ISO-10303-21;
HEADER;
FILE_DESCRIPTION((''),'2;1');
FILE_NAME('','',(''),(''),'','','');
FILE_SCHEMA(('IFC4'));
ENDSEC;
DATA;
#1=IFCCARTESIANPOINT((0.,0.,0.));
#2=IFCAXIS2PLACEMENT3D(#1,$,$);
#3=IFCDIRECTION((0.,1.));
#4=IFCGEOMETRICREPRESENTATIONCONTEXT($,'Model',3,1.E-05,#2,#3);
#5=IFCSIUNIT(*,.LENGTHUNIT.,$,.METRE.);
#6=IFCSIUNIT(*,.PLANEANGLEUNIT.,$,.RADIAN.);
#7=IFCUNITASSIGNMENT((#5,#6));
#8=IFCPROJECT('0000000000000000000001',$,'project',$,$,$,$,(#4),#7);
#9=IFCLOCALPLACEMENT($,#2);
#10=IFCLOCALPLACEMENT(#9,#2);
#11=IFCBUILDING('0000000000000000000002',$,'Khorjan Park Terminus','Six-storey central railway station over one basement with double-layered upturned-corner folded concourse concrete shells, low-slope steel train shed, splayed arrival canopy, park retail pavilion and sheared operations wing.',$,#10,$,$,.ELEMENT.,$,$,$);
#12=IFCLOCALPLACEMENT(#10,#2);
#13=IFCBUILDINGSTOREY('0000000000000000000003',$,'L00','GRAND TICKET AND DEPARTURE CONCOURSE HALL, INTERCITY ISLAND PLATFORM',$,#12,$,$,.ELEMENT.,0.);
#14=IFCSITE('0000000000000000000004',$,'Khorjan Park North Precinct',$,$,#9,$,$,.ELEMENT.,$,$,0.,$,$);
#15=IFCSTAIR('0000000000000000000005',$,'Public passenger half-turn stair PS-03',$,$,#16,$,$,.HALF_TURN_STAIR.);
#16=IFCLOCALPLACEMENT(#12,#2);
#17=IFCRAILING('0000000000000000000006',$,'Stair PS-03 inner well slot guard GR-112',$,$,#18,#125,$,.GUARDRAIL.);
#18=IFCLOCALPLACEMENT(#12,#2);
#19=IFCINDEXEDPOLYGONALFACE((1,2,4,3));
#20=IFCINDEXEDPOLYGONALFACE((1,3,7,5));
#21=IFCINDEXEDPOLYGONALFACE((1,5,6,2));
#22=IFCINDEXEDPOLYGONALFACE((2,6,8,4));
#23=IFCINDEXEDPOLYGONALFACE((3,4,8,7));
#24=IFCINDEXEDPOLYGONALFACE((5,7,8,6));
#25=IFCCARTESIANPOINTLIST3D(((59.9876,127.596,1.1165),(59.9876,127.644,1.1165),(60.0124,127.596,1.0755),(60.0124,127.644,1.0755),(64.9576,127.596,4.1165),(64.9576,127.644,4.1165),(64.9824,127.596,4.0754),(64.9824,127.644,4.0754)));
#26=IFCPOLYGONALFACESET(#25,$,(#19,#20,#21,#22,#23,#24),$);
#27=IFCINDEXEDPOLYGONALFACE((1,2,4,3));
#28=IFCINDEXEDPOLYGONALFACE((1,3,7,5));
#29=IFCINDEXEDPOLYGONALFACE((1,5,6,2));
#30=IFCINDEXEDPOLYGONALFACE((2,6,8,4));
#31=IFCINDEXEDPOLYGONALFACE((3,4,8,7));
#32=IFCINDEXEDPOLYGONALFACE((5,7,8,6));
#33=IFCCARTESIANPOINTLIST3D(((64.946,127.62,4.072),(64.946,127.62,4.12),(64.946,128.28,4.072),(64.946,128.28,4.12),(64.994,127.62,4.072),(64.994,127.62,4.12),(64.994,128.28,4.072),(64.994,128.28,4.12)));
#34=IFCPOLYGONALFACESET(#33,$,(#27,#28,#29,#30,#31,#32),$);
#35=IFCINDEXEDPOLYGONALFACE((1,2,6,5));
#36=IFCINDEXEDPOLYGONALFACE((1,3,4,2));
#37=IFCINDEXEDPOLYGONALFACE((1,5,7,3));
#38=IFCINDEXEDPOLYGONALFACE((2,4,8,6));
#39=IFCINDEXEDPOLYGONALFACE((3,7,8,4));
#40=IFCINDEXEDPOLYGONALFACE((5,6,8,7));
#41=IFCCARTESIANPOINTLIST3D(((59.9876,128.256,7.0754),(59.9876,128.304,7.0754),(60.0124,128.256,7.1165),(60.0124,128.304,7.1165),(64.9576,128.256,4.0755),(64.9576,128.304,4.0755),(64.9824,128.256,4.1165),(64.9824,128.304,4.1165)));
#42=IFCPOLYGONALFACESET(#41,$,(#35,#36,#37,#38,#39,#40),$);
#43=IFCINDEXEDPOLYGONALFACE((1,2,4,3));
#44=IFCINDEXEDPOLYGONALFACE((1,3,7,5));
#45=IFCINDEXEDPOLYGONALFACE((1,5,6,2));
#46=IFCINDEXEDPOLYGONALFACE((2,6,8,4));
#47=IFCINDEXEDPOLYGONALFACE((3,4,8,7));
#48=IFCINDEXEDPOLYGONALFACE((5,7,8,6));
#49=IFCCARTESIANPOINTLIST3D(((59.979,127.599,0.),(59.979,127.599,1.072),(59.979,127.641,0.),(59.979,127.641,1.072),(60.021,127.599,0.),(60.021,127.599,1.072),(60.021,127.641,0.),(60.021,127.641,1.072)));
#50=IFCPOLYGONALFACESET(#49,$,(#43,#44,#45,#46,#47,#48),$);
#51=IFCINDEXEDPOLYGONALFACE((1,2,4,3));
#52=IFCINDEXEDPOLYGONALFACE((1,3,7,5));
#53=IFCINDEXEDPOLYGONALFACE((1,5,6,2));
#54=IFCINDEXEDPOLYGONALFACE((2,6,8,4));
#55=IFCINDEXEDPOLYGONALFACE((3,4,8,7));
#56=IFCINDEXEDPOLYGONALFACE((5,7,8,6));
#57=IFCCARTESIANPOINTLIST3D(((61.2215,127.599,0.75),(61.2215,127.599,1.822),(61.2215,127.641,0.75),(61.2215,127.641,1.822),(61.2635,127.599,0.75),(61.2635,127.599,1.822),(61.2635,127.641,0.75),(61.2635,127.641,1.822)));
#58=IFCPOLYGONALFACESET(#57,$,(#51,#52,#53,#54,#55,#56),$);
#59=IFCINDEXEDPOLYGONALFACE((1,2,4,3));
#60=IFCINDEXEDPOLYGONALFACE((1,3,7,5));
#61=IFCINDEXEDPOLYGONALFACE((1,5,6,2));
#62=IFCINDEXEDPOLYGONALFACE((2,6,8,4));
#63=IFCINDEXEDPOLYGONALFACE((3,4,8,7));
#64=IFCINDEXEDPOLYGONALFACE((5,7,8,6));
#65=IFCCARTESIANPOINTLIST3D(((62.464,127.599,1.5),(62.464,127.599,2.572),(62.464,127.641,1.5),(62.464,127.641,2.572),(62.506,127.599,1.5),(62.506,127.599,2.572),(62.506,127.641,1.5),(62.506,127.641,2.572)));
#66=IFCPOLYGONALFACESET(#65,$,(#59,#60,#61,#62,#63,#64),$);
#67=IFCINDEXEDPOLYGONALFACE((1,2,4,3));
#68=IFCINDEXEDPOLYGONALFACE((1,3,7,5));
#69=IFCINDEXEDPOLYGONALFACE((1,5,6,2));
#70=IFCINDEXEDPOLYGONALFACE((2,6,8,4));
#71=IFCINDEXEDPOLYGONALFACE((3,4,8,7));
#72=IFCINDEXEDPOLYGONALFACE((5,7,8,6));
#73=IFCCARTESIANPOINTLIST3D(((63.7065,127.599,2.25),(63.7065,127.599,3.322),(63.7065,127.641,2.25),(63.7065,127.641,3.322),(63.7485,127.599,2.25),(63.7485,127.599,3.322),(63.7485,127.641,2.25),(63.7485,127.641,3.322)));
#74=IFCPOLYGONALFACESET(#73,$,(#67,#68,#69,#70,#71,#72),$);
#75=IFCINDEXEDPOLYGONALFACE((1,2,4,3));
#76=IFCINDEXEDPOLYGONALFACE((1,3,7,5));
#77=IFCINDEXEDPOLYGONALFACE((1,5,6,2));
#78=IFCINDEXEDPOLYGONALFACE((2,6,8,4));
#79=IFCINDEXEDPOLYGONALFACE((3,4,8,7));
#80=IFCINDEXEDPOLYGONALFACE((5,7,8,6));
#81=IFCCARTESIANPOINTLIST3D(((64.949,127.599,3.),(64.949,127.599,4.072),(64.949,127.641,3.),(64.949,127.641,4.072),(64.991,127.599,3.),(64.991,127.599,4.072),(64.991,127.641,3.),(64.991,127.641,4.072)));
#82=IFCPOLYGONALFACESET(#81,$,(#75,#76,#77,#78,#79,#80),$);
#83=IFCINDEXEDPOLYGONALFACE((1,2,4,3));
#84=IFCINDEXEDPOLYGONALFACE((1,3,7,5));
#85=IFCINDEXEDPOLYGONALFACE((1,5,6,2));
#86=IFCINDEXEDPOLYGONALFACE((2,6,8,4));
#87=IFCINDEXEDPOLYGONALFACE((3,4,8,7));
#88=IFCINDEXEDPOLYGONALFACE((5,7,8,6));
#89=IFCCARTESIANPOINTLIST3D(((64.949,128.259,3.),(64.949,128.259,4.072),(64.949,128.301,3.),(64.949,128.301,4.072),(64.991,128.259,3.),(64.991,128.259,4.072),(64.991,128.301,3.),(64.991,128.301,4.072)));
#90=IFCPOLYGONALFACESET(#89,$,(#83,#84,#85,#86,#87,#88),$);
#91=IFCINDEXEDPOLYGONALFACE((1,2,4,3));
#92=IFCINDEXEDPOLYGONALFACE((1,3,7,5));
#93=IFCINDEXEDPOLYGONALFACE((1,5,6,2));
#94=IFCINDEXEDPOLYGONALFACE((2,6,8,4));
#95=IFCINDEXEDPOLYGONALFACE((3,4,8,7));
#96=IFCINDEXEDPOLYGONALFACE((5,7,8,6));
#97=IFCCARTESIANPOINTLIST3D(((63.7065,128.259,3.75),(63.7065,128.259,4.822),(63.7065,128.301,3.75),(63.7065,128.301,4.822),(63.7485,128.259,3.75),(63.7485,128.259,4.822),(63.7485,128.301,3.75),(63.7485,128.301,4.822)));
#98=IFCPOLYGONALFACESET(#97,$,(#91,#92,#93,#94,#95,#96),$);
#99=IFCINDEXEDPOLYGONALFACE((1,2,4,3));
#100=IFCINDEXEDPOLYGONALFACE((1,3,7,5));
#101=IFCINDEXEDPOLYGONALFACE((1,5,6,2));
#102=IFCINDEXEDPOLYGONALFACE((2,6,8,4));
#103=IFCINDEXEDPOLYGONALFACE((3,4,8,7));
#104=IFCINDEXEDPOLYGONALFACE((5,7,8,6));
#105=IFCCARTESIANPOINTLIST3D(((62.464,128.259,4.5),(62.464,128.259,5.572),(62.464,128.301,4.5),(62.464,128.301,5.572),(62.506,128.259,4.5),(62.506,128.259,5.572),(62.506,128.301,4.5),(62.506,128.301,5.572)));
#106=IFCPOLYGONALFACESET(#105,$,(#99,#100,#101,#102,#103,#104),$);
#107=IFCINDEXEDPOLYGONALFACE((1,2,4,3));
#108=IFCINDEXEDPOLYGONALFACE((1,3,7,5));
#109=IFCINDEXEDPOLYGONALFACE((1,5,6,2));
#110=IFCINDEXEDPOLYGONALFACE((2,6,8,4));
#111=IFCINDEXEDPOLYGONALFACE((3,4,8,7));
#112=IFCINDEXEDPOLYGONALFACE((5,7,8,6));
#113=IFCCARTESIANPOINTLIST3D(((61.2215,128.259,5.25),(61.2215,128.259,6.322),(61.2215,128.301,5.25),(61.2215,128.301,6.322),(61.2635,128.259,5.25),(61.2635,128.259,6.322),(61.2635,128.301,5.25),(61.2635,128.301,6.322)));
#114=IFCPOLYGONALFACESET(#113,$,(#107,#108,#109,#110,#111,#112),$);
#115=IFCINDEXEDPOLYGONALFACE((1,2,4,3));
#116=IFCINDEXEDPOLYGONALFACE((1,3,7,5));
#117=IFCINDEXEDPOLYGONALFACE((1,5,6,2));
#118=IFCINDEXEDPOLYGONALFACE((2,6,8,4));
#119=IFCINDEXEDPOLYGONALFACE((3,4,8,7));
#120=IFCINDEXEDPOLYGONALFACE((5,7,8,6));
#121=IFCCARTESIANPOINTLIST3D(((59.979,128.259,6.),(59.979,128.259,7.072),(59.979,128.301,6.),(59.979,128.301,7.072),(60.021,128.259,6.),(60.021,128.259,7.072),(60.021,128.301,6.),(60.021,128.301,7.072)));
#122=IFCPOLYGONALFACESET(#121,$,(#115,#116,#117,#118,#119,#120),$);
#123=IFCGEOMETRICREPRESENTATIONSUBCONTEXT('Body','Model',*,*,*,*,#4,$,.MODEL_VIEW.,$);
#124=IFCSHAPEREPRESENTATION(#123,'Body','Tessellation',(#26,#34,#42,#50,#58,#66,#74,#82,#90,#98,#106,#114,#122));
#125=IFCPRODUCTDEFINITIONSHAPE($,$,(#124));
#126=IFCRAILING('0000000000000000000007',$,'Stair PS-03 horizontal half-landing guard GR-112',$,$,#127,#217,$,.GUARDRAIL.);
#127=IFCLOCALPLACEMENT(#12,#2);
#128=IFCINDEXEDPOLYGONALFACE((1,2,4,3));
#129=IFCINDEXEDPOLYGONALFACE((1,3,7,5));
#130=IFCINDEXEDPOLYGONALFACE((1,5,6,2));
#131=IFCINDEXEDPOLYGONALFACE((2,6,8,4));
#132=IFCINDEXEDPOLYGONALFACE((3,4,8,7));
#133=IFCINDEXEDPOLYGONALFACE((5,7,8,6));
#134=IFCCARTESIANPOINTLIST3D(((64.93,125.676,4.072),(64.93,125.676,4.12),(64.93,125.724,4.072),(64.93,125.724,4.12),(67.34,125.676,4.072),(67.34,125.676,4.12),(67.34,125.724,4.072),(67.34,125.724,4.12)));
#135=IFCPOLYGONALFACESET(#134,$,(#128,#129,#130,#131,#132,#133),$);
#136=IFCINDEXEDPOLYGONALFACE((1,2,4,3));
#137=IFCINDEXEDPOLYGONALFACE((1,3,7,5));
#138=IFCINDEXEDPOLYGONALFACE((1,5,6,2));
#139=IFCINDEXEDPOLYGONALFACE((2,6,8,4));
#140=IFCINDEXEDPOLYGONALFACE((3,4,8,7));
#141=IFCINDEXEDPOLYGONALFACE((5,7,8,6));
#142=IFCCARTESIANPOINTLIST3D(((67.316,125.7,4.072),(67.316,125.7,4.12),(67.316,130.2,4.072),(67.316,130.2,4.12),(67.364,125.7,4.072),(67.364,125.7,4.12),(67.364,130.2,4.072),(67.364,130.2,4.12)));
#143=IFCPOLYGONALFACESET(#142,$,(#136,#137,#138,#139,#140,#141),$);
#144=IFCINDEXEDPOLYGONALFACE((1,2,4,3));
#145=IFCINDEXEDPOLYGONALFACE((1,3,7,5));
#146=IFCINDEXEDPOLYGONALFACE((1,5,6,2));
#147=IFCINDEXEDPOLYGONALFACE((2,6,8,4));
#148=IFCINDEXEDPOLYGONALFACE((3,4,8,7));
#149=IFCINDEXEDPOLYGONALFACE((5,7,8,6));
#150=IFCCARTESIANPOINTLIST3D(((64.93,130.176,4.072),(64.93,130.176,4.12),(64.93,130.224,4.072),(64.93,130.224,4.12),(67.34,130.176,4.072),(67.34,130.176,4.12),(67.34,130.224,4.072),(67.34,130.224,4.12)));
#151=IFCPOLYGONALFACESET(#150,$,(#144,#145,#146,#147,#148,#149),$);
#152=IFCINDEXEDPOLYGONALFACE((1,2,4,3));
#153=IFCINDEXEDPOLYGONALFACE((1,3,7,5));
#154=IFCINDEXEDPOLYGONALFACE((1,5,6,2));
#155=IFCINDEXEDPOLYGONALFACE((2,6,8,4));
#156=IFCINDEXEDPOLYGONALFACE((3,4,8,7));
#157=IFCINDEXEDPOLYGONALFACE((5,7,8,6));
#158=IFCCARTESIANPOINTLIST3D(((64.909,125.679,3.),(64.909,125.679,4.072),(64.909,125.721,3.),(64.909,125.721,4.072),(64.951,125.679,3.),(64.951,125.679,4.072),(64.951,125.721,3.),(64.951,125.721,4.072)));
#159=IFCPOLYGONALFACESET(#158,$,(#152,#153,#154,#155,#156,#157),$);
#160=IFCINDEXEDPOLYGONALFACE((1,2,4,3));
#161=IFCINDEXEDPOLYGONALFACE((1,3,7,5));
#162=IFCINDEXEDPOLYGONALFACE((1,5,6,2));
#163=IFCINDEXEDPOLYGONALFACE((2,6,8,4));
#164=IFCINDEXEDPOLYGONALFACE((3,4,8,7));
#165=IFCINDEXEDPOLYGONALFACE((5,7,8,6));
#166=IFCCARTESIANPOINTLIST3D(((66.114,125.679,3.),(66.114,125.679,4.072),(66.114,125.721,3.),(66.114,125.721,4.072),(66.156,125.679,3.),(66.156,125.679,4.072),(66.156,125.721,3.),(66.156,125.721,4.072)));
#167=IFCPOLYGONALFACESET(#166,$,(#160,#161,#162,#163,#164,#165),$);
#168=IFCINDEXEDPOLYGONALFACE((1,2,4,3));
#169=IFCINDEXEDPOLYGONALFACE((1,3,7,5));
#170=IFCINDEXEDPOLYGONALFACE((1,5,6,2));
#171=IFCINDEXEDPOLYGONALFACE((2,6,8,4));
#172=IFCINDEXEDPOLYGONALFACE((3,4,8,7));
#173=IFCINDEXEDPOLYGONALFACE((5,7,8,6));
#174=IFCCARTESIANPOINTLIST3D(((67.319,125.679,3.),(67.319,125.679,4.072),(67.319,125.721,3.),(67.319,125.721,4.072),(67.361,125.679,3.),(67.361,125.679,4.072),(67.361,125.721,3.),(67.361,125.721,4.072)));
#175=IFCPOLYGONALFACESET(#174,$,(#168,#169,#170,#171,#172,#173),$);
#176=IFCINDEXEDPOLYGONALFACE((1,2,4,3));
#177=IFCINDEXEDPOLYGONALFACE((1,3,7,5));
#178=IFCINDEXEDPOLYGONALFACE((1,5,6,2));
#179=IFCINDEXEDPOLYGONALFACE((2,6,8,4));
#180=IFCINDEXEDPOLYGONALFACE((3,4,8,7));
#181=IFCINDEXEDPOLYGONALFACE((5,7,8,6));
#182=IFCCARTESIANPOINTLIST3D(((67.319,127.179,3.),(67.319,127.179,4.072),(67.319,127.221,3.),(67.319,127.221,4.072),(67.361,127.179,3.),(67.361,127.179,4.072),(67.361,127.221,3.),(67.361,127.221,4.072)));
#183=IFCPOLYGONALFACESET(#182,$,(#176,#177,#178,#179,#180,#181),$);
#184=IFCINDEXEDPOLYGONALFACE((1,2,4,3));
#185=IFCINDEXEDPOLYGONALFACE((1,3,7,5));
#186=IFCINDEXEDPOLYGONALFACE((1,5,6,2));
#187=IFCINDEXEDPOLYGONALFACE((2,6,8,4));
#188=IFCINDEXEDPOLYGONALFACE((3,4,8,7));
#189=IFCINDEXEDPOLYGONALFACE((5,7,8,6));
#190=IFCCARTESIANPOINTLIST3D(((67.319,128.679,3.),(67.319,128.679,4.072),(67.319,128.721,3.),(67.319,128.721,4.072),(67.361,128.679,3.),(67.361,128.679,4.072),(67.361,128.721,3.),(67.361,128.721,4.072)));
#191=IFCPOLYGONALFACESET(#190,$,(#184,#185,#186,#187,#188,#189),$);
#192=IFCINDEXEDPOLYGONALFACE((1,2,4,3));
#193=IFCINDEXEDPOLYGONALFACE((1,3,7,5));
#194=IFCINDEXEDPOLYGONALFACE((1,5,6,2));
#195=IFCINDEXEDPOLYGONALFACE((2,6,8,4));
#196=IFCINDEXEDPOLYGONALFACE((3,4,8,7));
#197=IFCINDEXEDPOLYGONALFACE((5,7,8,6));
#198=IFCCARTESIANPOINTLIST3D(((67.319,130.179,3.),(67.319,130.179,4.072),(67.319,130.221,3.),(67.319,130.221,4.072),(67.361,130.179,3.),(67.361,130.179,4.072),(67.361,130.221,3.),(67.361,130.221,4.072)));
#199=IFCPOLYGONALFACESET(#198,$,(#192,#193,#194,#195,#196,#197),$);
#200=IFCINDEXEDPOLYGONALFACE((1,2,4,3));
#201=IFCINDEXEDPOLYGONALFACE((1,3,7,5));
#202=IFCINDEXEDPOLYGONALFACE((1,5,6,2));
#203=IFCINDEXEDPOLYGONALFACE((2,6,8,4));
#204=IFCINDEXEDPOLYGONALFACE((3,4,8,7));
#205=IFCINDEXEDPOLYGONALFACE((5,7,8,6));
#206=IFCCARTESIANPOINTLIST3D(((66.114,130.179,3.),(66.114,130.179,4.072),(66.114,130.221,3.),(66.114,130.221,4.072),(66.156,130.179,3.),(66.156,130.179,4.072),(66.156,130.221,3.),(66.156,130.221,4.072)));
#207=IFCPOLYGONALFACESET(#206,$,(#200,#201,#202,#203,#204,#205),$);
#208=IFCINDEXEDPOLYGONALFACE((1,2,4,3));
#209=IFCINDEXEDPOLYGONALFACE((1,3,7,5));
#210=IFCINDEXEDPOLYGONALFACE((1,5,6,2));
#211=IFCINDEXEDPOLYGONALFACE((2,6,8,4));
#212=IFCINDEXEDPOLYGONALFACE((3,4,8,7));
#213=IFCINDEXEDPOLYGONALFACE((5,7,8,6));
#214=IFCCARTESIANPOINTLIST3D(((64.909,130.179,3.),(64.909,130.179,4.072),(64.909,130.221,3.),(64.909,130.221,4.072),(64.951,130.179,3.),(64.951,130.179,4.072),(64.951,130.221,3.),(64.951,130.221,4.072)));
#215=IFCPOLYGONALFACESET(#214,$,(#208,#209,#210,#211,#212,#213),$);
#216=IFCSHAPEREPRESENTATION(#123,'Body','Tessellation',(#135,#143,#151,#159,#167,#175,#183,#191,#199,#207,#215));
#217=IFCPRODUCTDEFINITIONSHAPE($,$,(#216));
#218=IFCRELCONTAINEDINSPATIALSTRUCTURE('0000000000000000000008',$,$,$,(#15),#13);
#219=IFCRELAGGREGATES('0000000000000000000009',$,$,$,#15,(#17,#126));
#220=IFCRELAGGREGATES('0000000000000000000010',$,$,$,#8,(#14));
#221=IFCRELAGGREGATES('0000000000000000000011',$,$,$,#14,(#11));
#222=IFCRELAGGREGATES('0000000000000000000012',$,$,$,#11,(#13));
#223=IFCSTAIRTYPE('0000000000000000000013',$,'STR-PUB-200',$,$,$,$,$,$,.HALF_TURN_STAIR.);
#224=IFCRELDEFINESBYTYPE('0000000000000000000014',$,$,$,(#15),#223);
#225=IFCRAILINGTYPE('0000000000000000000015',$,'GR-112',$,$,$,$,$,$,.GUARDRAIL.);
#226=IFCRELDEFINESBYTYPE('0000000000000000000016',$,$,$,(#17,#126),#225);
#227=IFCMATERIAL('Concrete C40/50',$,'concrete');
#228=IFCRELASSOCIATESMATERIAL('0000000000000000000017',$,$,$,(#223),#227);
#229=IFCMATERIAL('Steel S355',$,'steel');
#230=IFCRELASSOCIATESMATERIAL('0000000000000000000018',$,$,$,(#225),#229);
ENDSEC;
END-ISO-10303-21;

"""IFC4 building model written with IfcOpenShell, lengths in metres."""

from ifc_helpers import new_model, si_unit, direction, frame, origin, origin_2d, place, context, subcontext, project, spatial, rectangle, extrude, material, type_object, element, aggregate, save


model = new_model("IFC4")

# Units and contexts
model_context = context("Model", 3, precision=1e-05, world=origin(), true_north=direction((0.0, 1.0)))
body_context = subcontext(model_context, "Body", "Model", "MODEL_VIEW")
ifc_project = project(units=[si_unit("LENGTHUNIT", "METRE"), si_unit("PLANEANGLEUNIT", "RADIAN")], contexts=[model_context])

# Site, building, storey
site_placement = place(None, origin())
site = spatial("IfcSite", under=ifc_project, at=site_placement, Name="Khorjan Park North Precinct", CompositionType="ELEMENT", RefElevation=0.0)
building_placement = place(site_placement, origin())
building = spatial("IfcBuilding", under=site, at=building_placement, Name="Khorjan Park Terminus", Description="Six-storey central railway station over one basement with double-layered upturned-corner folded concourse concrete shells, low-slope steel train shed, splayed arrival canopy, park retail pavilion and sheared operations wing.", CompositionType="ELEMENT")
storey_placement = place(building_placement, origin())
storey = spatial("IfcBuildingStorey", under=building, at=storey_placement, Name="L00", Description="GRAND TICKET AND DEPARTURE CONCOURSE HALL, INTERCITY ISLAND PLATFORM", CompositionType="ELEMENT", Elevation=0.0)

# Shared definitions
ifc_material_1 = material(Name="Steel S355", Category="steel")
ifc_material_2 = material(Name="Concrete C40/50", Category="concrete")

# Stair, railings
stair_type = type_object("IfcStairType", Name="STR-PUB-200", PredefinedType="HALF_TURN_STAIR", material=ifc_material_2)
stair_placement = place(storey_placement, origin())
stair = element("IfcStair", 1, at=stair_placement, inside=storey, type_object=stair_type, Name="Public passenger half-turn stair PS-03", PredefinedType="HALF_TURN_STAIR")
railing_type_1 = type_object("IfcRailingType", Name="GR-112", PredefinedType="GUARDRAIL", material=ifc_material_1)
railing_1_placement = place(storey_placement, frame((60.0, 127.62, 0.0)))
railing_1 = element("IfcRailing", 2, at=railing_1_placement, type_object=railing_type_1, Name="Stair PS-03 inner well slot guard GR-112", PredefinedType="GUARDRAIL", context=body_context, shape_type="SweptSolid", body=[
    extrude(rectangle(XDim=0.048, YDim=0.048, at=origin_2d()), frame((0.0, 0.0, 1.096), z_axis=(0.856122, 0.0, 0.516774), x_axis=(0.0, 1.0, 0.0)), (0.0, 0.0, 1.0), 5.8052),
    extrude(rectangle(XDim=0.048, YDim=0.048, at=origin_2d()), frame((4.97, 0.0, 4.096), z_axis=(0.0, 1.0, 0.0), x_axis=(-1.0, 0.0, 0.0)), (0.0, 0.0, 1.0), 0.66),
    extrude(rectangle(XDim=0.048, YDim=0.048, at=origin_2d()), frame((4.97, 0.66, 4.096), z_axis=(-0.856122, 0.0, 0.516774), x_axis=(0.0, -1.0, 0.0)), (0.0, 0.0, 1.0), 5.8052),
    extrude(rectangle(XDim=0.042, YDim=0.042, at=origin_2d()), origin(), (0.0, 0.0, 1.0), 1.072),
    extrude(rectangle(XDim=0.042, YDim=0.042, at=origin_2d()), frame((1.2425, 0.0, 0.75)), (0.0, 0.0, 1.0), 1.072),
    extrude(rectangle(XDim=0.042, YDim=0.042, at=origin_2d()), frame((2.485, 0.0, 1.5)), (0.0, 0.0, 1.0), 1.072),
    extrude(rectangle(XDim=0.042, YDim=0.042, at=origin_2d()), frame((3.7275, 0.0, 2.25)), (0.0, 0.0, 1.0), 1.072),
    extrude(rectangle(XDim=0.042, YDim=0.042, at=origin_2d()), frame((4.97, 0.0, 3.0)), (0.0, 0.0, 1.0), 1.072),
    extrude(rectangle(XDim=0.042, YDim=0.042, at=origin_2d()), frame((4.97, 0.66, 3.0)), (0.0, 0.0, 1.0), 1.072),
    extrude(rectangle(XDim=0.042, YDim=0.042, at=origin_2d()), frame((3.7275, 0.66, 3.75)), (0.0, 0.0, 1.0), 1.072),
    extrude(rectangle(XDim=0.042, YDim=0.042, at=origin_2d()), frame((2.485, 0.66, 4.5)), (0.0, 0.0, 1.0), 1.072),
    extrude(rectangle(XDim=0.042, YDim=0.042, at=origin_2d()), frame((1.2425, 0.66, 5.25)), (0.0, 0.0, 1.0), 1.072),
    extrude(rectangle(XDim=0.042, YDim=0.042, at=origin_2d()), frame((0.0, 0.66, 6.0)), (0.0, 0.0, 1.0), 1.072),
])
railing_2_placement = place(storey_placement, frame((64.93, 125.7, 3.0)))
railing_2 = element("IfcRailing", 3, at=railing_2_placement, type_object=railing_type_1, Name="Stair PS-03 horizontal half-landing guard GR-112", PredefinedType="GUARDRAIL", context=body_context, shape_type="SweptSolid", body=[
    extrude(rectangle(XDim=0.048, YDim=0.048, at=origin_2d()), frame((0.0, 0.0, 1.096), z_axis=(1.0, 0.0, 0.0), x_axis=(0.0, 1.0, 0.0)), (0.0, 0.0, 1.0), 2.41),
    extrude(rectangle(XDim=0.048, YDim=0.048, at=origin_2d()), frame((2.41, 0.0, 1.096), z_axis=(0.0, 1.0, 0.0), x_axis=(-1.0, 0.0, 0.0)), (0.0, 0.0, 1.0), 4.5),
    extrude(rectangle(XDim=0.048, YDim=0.048, at=origin_2d()), frame((2.41, 4.5, 1.096), z_axis=(-1.0, 0.0, 0.0), x_axis=(0.0, -1.0, 0.0)), (0.0, 0.0, 1.0), 2.41),
    extrude(rectangle(XDim=0.042, YDim=0.042, at=origin_2d()), origin(), (0.0, 0.0, 1.0), 1.072),
    extrude(rectangle(XDim=0.042, YDim=0.042, at=origin_2d()), frame((1.205, 0.0, 0.0)), (0.0, 0.0, 1.0), 1.072),
    extrude(rectangle(XDim=0.042, YDim=0.042, at=origin_2d()), frame((2.41, 0.0, 0.0)), (0.0, 0.0, 1.0), 1.072),
    extrude(rectangle(XDim=0.042, YDim=0.042, at=origin_2d()), frame((2.41, 1.5, 0.0)), (0.0, 0.0, 1.0), 1.072),
    extrude(rectangle(XDim=0.042, YDim=0.042, at=origin_2d()), frame((2.41, 3.0, 0.0)), (0.0, 0.0, 1.0), 1.072),
    extrude(rectangle(XDim=0.042, YDim=0.042, at=origin_2d()), frame((2.41, 4.5, 0.0)), (0.0, 0.0, 1.0), 1.072),
    extrude(rectangle(XDim=0.042, YDim=0.042, at=origin_2d()), frame((1.205, 4.5, 0.0)), (0.0, 0.0, 1.0), 1.072),
    extrude(rectangle(XDim=0.042, YDim=0.042, at=origin_2d()), frame((0.0, 4.5, 0.0)), (0.0, 0.0, 1.0), 1.072),
])
aggregate(stair, [railing_1, railing_2])

save(model, "model.ifc")
